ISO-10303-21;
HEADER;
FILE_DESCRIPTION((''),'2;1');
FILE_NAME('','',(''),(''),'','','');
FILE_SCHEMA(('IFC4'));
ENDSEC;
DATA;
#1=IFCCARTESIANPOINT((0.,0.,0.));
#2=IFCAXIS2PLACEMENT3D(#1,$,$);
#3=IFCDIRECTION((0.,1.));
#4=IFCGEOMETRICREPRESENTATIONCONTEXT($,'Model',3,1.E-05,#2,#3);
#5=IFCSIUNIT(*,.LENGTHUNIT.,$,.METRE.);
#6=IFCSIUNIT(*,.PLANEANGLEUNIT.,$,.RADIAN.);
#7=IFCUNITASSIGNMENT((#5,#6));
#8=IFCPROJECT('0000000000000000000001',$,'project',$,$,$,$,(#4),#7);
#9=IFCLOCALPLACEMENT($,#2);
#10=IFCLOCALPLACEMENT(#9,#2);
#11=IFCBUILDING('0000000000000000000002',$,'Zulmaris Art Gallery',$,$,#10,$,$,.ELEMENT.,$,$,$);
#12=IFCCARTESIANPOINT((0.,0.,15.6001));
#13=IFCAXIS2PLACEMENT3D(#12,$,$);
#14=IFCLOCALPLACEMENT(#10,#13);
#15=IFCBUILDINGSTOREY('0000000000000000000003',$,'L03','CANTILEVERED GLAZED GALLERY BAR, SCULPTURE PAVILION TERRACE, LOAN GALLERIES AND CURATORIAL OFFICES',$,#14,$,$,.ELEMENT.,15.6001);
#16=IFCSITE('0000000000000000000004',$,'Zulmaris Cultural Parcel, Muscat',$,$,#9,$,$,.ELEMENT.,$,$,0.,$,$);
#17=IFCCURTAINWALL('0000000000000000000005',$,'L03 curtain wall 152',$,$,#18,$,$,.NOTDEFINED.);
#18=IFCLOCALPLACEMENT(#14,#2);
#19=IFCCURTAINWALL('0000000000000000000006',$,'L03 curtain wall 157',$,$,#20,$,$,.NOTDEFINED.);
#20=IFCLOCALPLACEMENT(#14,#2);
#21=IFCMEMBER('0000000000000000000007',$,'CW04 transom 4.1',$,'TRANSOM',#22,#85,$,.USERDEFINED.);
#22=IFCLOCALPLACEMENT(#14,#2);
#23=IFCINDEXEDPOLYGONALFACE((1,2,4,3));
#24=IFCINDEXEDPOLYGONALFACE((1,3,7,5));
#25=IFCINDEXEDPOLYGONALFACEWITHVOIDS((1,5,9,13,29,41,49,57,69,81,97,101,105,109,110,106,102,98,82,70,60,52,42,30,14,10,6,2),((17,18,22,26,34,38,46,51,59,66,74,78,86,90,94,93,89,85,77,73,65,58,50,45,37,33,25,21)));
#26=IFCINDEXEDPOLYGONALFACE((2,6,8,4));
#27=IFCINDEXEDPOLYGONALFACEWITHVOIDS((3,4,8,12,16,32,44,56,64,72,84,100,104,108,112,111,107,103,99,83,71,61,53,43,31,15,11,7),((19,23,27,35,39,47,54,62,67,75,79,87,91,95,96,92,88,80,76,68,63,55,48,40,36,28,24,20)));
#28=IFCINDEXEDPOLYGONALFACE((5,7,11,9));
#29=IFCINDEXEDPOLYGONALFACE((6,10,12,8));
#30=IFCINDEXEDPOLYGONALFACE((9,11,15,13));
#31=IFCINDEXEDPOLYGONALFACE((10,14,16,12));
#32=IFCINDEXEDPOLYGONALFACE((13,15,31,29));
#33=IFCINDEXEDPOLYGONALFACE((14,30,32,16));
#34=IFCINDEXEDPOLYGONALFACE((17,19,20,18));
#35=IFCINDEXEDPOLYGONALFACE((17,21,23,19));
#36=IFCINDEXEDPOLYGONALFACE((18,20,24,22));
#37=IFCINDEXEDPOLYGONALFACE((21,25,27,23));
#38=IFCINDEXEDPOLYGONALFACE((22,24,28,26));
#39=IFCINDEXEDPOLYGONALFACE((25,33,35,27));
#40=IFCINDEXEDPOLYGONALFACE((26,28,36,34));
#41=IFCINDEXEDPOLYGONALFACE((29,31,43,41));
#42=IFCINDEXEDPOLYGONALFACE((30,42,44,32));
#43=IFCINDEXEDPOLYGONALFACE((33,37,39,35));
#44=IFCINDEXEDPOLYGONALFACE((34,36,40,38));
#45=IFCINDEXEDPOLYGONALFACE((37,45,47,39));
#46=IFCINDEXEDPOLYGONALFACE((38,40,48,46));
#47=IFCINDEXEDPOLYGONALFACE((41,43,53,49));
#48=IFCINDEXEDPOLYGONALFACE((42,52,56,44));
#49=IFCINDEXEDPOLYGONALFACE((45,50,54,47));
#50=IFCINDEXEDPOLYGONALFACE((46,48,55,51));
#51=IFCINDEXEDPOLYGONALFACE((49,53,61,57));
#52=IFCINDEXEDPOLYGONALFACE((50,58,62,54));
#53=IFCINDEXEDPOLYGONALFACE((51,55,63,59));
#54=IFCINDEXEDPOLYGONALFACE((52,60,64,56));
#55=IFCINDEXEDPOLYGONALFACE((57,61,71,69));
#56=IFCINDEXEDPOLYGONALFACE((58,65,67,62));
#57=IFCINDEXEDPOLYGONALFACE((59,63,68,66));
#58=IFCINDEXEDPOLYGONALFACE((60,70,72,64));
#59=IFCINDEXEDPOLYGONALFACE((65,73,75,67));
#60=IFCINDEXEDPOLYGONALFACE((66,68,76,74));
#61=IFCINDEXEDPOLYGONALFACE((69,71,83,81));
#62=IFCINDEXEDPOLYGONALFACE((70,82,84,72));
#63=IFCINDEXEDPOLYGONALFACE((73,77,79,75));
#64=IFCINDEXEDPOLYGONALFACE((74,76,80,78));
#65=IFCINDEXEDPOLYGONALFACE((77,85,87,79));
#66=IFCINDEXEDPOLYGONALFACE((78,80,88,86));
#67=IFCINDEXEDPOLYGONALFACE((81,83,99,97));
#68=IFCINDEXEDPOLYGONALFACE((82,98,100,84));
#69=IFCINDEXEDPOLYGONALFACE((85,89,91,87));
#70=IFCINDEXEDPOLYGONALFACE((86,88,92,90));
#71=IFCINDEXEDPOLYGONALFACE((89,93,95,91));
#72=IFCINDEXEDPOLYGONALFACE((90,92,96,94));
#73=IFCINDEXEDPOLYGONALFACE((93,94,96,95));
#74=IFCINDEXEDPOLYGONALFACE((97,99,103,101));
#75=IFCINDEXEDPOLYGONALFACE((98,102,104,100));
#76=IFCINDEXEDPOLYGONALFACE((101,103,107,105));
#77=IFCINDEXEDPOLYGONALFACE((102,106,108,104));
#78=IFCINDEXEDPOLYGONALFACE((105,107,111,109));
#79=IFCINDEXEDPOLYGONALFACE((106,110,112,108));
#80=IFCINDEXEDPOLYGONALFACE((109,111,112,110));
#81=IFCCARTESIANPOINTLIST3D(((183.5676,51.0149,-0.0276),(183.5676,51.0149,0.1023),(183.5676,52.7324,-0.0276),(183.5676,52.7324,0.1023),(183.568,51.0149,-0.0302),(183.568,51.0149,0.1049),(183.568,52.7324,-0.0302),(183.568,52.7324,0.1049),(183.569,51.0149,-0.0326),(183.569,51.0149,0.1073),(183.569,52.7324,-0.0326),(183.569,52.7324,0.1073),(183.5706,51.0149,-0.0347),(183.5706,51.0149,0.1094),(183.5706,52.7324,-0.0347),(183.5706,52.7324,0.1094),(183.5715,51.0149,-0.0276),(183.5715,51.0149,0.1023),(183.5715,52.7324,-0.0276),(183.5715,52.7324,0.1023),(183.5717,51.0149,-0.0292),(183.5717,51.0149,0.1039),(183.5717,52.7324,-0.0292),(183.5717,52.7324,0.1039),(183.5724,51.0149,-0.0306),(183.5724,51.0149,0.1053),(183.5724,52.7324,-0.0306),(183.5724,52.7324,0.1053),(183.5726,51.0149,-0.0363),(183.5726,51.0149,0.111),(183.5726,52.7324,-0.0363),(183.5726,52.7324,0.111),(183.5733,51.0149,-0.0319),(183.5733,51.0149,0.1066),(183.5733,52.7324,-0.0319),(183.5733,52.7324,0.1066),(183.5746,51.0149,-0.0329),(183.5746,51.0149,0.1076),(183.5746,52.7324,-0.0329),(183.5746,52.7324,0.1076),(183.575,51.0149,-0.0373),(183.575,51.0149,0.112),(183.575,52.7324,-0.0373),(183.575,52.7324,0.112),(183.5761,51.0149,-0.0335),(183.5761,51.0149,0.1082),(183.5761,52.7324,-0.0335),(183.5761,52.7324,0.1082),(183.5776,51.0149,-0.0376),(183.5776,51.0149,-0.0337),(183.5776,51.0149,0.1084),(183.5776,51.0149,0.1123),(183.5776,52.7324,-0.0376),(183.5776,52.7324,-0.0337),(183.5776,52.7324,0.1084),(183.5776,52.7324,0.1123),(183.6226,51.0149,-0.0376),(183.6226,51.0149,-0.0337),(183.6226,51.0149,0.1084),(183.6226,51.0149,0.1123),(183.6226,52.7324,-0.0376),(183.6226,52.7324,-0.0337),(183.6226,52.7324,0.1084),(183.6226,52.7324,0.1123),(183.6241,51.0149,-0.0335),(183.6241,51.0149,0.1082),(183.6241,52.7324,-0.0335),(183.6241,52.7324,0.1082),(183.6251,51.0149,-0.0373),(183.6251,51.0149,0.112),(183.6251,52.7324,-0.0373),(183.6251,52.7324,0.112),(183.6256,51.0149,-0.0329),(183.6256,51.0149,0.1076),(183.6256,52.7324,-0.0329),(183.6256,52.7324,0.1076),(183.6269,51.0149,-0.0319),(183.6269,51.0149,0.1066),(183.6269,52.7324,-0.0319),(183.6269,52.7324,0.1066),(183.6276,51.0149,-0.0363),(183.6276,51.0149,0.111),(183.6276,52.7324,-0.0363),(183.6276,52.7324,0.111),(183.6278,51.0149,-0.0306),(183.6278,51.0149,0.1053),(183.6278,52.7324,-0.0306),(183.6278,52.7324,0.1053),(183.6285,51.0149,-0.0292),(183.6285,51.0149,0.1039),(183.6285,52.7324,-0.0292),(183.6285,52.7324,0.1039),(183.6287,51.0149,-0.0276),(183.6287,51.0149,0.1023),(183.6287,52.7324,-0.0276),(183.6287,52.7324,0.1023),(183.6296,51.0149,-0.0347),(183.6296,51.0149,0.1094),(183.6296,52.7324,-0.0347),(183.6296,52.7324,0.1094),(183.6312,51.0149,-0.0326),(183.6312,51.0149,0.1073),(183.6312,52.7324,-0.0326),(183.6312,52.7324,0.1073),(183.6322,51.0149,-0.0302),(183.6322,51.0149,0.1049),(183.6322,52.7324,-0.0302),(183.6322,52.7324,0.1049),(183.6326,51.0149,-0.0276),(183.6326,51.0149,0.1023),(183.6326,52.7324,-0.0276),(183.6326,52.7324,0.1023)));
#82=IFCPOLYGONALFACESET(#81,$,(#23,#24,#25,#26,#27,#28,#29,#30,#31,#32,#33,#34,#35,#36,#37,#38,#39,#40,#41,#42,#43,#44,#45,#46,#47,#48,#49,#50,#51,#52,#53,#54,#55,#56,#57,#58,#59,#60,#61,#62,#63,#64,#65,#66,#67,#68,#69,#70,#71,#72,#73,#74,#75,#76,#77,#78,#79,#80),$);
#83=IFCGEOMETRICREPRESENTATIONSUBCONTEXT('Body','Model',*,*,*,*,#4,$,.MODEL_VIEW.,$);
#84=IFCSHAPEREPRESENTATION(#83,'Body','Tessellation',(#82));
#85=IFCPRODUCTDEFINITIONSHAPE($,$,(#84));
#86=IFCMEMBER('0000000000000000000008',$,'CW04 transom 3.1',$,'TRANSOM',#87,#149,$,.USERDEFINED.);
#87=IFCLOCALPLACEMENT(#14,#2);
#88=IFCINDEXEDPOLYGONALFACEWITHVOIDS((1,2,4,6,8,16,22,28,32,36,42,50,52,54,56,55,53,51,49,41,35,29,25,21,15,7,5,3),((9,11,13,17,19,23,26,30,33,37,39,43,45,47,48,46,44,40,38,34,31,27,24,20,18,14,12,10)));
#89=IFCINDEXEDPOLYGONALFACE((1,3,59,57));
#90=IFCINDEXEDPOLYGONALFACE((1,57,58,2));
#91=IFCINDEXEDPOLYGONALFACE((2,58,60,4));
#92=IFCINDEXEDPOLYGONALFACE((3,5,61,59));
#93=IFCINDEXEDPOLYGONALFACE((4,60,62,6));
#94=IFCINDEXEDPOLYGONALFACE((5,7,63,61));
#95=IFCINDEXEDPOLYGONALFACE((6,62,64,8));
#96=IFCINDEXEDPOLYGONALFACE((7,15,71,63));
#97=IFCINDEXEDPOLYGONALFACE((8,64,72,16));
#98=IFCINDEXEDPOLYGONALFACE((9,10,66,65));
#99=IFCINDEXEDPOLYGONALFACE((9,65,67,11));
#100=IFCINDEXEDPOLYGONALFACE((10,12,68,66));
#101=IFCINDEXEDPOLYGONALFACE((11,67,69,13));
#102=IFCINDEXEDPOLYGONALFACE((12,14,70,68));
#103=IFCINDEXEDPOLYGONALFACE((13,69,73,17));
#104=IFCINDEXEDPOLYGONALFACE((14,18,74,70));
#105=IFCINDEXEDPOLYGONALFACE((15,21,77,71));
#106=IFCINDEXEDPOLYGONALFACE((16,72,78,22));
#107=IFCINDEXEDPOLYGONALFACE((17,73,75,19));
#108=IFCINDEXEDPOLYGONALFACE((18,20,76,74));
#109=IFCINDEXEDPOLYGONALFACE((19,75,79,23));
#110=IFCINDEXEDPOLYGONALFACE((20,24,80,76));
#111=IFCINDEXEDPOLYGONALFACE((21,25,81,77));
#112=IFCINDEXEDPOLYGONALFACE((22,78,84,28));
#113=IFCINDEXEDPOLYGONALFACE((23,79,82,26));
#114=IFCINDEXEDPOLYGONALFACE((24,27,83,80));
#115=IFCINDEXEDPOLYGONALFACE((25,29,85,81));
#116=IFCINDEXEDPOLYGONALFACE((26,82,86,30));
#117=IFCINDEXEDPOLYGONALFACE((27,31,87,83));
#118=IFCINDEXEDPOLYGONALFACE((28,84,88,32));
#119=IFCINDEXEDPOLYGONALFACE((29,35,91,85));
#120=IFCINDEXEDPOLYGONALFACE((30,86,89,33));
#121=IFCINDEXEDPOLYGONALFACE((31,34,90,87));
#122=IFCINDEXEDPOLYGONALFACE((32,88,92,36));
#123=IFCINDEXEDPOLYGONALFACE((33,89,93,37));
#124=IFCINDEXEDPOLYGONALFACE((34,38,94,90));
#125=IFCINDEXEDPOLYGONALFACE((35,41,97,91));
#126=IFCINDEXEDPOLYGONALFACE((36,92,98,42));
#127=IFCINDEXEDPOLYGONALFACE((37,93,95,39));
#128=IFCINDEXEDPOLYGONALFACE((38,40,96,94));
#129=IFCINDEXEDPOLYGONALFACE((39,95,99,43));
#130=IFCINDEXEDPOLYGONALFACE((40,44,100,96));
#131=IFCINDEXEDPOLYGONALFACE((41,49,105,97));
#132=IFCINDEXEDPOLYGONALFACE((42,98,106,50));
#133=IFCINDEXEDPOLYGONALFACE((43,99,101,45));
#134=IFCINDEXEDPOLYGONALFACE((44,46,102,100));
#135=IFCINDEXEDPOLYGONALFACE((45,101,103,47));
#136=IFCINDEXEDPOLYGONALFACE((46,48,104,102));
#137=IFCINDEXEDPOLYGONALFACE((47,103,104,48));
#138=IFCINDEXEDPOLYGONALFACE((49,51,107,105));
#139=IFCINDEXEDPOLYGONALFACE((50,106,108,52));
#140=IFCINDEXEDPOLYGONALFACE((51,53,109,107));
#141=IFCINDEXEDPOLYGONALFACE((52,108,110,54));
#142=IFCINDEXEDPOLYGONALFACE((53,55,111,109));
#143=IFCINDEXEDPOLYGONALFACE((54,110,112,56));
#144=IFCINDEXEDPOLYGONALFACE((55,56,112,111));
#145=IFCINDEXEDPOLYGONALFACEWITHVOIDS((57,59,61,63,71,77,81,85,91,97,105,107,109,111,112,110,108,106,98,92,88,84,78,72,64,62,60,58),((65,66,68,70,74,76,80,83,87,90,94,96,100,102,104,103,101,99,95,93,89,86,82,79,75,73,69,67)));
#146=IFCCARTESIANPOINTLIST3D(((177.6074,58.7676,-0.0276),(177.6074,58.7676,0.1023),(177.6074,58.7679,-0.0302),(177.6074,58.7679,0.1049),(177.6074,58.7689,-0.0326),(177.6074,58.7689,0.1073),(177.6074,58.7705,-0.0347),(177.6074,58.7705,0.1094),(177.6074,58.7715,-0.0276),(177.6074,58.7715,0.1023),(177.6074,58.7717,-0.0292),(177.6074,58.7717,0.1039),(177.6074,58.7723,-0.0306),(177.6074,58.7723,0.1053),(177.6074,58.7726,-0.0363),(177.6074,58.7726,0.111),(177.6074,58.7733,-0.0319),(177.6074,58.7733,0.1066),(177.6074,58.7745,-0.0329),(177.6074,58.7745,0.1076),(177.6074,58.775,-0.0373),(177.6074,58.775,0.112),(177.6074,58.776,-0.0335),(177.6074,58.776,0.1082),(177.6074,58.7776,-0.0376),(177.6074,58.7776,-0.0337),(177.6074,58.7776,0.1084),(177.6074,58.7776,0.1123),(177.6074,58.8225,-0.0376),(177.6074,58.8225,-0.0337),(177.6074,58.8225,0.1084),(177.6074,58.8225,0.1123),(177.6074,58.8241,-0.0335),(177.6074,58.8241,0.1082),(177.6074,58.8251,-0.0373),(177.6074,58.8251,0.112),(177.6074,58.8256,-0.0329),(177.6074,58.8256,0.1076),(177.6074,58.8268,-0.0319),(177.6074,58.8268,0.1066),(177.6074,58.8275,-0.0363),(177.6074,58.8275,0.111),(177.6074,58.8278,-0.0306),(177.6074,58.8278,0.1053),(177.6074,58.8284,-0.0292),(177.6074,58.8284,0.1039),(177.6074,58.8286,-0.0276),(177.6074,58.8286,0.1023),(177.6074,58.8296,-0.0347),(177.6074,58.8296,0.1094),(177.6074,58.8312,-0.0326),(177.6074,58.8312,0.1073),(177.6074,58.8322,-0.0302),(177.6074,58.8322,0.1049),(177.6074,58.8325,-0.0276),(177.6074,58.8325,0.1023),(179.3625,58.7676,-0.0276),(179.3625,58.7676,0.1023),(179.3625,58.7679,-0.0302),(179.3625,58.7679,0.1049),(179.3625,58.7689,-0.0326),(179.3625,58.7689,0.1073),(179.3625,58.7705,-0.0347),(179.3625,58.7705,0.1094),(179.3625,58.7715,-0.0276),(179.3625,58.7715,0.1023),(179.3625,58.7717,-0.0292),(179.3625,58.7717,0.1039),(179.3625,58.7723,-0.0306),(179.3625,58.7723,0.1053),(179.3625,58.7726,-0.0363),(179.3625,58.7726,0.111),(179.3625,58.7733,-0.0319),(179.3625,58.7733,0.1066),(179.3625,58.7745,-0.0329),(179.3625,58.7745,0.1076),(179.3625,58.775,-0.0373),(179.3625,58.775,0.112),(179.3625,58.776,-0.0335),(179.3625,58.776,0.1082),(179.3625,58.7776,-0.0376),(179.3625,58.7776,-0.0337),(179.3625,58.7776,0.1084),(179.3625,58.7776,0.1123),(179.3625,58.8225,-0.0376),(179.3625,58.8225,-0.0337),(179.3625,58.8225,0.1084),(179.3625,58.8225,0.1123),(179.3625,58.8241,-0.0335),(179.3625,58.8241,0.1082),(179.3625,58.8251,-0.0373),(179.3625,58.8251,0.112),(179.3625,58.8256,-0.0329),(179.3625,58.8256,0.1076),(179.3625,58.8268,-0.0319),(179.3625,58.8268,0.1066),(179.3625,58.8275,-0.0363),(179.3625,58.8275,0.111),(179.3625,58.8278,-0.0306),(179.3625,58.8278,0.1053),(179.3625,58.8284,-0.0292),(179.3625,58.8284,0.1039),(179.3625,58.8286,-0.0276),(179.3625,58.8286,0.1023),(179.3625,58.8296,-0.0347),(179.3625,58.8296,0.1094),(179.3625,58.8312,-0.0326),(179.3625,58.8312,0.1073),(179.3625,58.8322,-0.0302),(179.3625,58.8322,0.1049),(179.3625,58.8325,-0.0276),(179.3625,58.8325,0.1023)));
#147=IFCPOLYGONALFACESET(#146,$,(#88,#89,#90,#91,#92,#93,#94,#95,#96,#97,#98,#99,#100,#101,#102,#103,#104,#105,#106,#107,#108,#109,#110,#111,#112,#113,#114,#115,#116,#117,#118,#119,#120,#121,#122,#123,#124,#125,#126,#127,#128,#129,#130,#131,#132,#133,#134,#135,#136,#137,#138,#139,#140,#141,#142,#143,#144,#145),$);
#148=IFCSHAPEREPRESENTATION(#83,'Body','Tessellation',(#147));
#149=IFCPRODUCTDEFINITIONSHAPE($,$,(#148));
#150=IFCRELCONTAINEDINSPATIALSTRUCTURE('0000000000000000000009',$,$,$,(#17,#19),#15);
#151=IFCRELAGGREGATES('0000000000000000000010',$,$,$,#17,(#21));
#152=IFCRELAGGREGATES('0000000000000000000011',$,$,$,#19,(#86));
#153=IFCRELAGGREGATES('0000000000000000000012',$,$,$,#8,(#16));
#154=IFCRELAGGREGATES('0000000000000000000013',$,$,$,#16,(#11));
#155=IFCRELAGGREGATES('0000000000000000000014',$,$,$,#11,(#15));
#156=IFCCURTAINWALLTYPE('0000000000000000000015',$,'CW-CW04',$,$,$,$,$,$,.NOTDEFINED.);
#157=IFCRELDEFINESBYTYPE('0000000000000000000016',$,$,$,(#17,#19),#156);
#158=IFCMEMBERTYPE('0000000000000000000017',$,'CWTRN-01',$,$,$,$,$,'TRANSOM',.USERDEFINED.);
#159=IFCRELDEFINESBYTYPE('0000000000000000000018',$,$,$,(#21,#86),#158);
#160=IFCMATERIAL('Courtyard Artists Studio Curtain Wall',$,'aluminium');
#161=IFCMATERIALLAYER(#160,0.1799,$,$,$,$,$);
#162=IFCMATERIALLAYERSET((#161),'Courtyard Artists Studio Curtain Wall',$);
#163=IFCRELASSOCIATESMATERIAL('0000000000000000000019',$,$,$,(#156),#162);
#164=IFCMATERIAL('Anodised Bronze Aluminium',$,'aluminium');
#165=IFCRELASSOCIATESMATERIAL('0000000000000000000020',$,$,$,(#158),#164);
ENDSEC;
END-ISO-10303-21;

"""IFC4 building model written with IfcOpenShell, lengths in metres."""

from ifc_helpers import new_model, si_unit, direction, frame, origin, origin_2d, place, context, subcontext, project, spatial, hollow_rectangle, extrude, material, layer, layer_set, material_profile, profile_set, type_object, element, aggregate, save


model = new_model("IFC4")

# Units and contexts
model_context = context("Model", 3, precision=1e-05, world=origin(), true_north=direction((0.0, 1.0)))
body_context = subcontext(model_context, "Body", "Model", "MODEL_VIEW")
ifc_project = project(units=[si_unit("LENGTHUNIT", "METRE"), si_unit("PLANEANGLEUNIT", "RADIAN")], contexts=[model_context])

# Site, building, storey
site_placement = place(None, origin())
site = spatial("IfcSite", under=ifc_project, at=site_placement, Name="Zulmaris Cultural Parcel, Muscat", CompositionType="ELEMENT", RefElevation=0.0)
building_placement = place(site_placement, origin())
building = spatial("IfcBuilding", under=site, at=building_placement, Name="Zulmaris Art Gallery", CompositionType="ELEMENT")
storey_placement = place(building_placement, frame((0.0, 0.0, 15.6001)))
storey = spatial("IfcBuildingStorey", under=building, at=storey_placement, Name="L03", Description="CANTILEVERED GLAZED GALLERY BAR, SCULPTURE PAVILION TERRACE, LOAN GALLERIES AND CURATORIAL OFFICES", CompositionType="ELEMENT", Elevation=15.6001)

# Shared definitions
ifc_material_1 = material(Name="Courtyard Artists Studio Curtain Wall", Category="aluminium")
ifc_layer_1 = layer(ifc_material_1, 0.1799)
ifc_layer_set_1 = layer_set([ifc_layer_1], Name="Courtyard Artists Studio Curtain Wall")
curtain_wall_type = type_object("IfcCurtainWallType", Name="CW-CW04", PredefinedType="NOTDEFINED", material=ifc_layer_set_1)
ifc_material_2 = material(Name="Anodised Bronze Aluminium", Category="aluminium")

# Curtain walls
curtain_wall_1_placement = place(storey_placement, origin())
curtain_wall_1 = element("IfcCurtainWall", 1, at=curtain_wall_1_placement, inside=storey, type_object=curtain_wall_type, Name="L03 curtain wall 152", PredefinedType="NOTDEFINED")
curtain_wall_2_placement = place(storey_placement, origin())
curtain_wall_2 = element("IfcCurtainWall", 2, at=curtain_wall_2_placement, inside=storey, type_object=curtain_wall_type, Name="L03 curtain wall 157", PredefinedType="NOTDEFINED")

# Members
ifc_material_profile_1 = material_profile(ifc_material_2, hollow_rectangle(XDim=0.0649, YDim=0.1499, WallThickness=0.0039, InnerFilletRadius=0.0061, OuterFilletRadius=0.01, at=origin_2d()), Name="ALU 65x150x4")
ifc_profile_set_1 = profile_set([ifc_material_profile_1], Name="Anodised Bronze Aluminium")
member_type_1 = type_object("IfcMemberType", Name="CWTRN-01", ElementType="TRANSOM", PredefinedType="USERDEFINED", material=ifc_profile_set_1)
member_1_placement = place(storey_placement, frame((183.6001, 52.7324, 0.0374), z_axis=(0.0, -1.0, 0.0), x_axis=(1.0, 0.0, 0.0)))
member_1 = element("IfcMember", 3, at=member_1_placement, type_object=member_type_1, Name="CW04 transom 4.1", ObjectType="TRANSOM", PredefinedType="USERDEFINED", context=body_context, shape_type="SweptSolid", body=[
    extrude(hollow_rectangle(XDim=0.0649, YDim=0.1499, WallThickness=0.0039, InnerFilletRadius=0.0061, OuterFilletRadius=0.01, at=origin_2d()), origin(), (0.0, 0.0, 1.0), 1.7175),
])
member_2_placement = place(storey_placement, frame((179.3625, 58.8, 0.0374), z_axis=(-1.0, 0.0, 0.0), x_axis=(0.0, -1.0, 0.0)))
member_2 = element("IfcMember", 4, at=member_2_placement, type_object=member_type_1, Name="CW04 transom 3.1", ObjectType="TRANSOM", PredefinedType="USERDEFINED", context=body_context, shape_type="SweptSolid", body=[
    extrude(hollow_rectangle(XDim=0.0649, YDim=0.1499, WallThickness=0.0039, InnerFilletRadius=0.0061, OuterFilletRadius=0.01, at=origin_2d()), origin(), (0.0, 0.0, 1.0), 1.7551),
])

aggregate(curtain_wall_1, [member_1])
aggregate(curtain_wall_2, [member_2])

save(model, "model.ifc")
